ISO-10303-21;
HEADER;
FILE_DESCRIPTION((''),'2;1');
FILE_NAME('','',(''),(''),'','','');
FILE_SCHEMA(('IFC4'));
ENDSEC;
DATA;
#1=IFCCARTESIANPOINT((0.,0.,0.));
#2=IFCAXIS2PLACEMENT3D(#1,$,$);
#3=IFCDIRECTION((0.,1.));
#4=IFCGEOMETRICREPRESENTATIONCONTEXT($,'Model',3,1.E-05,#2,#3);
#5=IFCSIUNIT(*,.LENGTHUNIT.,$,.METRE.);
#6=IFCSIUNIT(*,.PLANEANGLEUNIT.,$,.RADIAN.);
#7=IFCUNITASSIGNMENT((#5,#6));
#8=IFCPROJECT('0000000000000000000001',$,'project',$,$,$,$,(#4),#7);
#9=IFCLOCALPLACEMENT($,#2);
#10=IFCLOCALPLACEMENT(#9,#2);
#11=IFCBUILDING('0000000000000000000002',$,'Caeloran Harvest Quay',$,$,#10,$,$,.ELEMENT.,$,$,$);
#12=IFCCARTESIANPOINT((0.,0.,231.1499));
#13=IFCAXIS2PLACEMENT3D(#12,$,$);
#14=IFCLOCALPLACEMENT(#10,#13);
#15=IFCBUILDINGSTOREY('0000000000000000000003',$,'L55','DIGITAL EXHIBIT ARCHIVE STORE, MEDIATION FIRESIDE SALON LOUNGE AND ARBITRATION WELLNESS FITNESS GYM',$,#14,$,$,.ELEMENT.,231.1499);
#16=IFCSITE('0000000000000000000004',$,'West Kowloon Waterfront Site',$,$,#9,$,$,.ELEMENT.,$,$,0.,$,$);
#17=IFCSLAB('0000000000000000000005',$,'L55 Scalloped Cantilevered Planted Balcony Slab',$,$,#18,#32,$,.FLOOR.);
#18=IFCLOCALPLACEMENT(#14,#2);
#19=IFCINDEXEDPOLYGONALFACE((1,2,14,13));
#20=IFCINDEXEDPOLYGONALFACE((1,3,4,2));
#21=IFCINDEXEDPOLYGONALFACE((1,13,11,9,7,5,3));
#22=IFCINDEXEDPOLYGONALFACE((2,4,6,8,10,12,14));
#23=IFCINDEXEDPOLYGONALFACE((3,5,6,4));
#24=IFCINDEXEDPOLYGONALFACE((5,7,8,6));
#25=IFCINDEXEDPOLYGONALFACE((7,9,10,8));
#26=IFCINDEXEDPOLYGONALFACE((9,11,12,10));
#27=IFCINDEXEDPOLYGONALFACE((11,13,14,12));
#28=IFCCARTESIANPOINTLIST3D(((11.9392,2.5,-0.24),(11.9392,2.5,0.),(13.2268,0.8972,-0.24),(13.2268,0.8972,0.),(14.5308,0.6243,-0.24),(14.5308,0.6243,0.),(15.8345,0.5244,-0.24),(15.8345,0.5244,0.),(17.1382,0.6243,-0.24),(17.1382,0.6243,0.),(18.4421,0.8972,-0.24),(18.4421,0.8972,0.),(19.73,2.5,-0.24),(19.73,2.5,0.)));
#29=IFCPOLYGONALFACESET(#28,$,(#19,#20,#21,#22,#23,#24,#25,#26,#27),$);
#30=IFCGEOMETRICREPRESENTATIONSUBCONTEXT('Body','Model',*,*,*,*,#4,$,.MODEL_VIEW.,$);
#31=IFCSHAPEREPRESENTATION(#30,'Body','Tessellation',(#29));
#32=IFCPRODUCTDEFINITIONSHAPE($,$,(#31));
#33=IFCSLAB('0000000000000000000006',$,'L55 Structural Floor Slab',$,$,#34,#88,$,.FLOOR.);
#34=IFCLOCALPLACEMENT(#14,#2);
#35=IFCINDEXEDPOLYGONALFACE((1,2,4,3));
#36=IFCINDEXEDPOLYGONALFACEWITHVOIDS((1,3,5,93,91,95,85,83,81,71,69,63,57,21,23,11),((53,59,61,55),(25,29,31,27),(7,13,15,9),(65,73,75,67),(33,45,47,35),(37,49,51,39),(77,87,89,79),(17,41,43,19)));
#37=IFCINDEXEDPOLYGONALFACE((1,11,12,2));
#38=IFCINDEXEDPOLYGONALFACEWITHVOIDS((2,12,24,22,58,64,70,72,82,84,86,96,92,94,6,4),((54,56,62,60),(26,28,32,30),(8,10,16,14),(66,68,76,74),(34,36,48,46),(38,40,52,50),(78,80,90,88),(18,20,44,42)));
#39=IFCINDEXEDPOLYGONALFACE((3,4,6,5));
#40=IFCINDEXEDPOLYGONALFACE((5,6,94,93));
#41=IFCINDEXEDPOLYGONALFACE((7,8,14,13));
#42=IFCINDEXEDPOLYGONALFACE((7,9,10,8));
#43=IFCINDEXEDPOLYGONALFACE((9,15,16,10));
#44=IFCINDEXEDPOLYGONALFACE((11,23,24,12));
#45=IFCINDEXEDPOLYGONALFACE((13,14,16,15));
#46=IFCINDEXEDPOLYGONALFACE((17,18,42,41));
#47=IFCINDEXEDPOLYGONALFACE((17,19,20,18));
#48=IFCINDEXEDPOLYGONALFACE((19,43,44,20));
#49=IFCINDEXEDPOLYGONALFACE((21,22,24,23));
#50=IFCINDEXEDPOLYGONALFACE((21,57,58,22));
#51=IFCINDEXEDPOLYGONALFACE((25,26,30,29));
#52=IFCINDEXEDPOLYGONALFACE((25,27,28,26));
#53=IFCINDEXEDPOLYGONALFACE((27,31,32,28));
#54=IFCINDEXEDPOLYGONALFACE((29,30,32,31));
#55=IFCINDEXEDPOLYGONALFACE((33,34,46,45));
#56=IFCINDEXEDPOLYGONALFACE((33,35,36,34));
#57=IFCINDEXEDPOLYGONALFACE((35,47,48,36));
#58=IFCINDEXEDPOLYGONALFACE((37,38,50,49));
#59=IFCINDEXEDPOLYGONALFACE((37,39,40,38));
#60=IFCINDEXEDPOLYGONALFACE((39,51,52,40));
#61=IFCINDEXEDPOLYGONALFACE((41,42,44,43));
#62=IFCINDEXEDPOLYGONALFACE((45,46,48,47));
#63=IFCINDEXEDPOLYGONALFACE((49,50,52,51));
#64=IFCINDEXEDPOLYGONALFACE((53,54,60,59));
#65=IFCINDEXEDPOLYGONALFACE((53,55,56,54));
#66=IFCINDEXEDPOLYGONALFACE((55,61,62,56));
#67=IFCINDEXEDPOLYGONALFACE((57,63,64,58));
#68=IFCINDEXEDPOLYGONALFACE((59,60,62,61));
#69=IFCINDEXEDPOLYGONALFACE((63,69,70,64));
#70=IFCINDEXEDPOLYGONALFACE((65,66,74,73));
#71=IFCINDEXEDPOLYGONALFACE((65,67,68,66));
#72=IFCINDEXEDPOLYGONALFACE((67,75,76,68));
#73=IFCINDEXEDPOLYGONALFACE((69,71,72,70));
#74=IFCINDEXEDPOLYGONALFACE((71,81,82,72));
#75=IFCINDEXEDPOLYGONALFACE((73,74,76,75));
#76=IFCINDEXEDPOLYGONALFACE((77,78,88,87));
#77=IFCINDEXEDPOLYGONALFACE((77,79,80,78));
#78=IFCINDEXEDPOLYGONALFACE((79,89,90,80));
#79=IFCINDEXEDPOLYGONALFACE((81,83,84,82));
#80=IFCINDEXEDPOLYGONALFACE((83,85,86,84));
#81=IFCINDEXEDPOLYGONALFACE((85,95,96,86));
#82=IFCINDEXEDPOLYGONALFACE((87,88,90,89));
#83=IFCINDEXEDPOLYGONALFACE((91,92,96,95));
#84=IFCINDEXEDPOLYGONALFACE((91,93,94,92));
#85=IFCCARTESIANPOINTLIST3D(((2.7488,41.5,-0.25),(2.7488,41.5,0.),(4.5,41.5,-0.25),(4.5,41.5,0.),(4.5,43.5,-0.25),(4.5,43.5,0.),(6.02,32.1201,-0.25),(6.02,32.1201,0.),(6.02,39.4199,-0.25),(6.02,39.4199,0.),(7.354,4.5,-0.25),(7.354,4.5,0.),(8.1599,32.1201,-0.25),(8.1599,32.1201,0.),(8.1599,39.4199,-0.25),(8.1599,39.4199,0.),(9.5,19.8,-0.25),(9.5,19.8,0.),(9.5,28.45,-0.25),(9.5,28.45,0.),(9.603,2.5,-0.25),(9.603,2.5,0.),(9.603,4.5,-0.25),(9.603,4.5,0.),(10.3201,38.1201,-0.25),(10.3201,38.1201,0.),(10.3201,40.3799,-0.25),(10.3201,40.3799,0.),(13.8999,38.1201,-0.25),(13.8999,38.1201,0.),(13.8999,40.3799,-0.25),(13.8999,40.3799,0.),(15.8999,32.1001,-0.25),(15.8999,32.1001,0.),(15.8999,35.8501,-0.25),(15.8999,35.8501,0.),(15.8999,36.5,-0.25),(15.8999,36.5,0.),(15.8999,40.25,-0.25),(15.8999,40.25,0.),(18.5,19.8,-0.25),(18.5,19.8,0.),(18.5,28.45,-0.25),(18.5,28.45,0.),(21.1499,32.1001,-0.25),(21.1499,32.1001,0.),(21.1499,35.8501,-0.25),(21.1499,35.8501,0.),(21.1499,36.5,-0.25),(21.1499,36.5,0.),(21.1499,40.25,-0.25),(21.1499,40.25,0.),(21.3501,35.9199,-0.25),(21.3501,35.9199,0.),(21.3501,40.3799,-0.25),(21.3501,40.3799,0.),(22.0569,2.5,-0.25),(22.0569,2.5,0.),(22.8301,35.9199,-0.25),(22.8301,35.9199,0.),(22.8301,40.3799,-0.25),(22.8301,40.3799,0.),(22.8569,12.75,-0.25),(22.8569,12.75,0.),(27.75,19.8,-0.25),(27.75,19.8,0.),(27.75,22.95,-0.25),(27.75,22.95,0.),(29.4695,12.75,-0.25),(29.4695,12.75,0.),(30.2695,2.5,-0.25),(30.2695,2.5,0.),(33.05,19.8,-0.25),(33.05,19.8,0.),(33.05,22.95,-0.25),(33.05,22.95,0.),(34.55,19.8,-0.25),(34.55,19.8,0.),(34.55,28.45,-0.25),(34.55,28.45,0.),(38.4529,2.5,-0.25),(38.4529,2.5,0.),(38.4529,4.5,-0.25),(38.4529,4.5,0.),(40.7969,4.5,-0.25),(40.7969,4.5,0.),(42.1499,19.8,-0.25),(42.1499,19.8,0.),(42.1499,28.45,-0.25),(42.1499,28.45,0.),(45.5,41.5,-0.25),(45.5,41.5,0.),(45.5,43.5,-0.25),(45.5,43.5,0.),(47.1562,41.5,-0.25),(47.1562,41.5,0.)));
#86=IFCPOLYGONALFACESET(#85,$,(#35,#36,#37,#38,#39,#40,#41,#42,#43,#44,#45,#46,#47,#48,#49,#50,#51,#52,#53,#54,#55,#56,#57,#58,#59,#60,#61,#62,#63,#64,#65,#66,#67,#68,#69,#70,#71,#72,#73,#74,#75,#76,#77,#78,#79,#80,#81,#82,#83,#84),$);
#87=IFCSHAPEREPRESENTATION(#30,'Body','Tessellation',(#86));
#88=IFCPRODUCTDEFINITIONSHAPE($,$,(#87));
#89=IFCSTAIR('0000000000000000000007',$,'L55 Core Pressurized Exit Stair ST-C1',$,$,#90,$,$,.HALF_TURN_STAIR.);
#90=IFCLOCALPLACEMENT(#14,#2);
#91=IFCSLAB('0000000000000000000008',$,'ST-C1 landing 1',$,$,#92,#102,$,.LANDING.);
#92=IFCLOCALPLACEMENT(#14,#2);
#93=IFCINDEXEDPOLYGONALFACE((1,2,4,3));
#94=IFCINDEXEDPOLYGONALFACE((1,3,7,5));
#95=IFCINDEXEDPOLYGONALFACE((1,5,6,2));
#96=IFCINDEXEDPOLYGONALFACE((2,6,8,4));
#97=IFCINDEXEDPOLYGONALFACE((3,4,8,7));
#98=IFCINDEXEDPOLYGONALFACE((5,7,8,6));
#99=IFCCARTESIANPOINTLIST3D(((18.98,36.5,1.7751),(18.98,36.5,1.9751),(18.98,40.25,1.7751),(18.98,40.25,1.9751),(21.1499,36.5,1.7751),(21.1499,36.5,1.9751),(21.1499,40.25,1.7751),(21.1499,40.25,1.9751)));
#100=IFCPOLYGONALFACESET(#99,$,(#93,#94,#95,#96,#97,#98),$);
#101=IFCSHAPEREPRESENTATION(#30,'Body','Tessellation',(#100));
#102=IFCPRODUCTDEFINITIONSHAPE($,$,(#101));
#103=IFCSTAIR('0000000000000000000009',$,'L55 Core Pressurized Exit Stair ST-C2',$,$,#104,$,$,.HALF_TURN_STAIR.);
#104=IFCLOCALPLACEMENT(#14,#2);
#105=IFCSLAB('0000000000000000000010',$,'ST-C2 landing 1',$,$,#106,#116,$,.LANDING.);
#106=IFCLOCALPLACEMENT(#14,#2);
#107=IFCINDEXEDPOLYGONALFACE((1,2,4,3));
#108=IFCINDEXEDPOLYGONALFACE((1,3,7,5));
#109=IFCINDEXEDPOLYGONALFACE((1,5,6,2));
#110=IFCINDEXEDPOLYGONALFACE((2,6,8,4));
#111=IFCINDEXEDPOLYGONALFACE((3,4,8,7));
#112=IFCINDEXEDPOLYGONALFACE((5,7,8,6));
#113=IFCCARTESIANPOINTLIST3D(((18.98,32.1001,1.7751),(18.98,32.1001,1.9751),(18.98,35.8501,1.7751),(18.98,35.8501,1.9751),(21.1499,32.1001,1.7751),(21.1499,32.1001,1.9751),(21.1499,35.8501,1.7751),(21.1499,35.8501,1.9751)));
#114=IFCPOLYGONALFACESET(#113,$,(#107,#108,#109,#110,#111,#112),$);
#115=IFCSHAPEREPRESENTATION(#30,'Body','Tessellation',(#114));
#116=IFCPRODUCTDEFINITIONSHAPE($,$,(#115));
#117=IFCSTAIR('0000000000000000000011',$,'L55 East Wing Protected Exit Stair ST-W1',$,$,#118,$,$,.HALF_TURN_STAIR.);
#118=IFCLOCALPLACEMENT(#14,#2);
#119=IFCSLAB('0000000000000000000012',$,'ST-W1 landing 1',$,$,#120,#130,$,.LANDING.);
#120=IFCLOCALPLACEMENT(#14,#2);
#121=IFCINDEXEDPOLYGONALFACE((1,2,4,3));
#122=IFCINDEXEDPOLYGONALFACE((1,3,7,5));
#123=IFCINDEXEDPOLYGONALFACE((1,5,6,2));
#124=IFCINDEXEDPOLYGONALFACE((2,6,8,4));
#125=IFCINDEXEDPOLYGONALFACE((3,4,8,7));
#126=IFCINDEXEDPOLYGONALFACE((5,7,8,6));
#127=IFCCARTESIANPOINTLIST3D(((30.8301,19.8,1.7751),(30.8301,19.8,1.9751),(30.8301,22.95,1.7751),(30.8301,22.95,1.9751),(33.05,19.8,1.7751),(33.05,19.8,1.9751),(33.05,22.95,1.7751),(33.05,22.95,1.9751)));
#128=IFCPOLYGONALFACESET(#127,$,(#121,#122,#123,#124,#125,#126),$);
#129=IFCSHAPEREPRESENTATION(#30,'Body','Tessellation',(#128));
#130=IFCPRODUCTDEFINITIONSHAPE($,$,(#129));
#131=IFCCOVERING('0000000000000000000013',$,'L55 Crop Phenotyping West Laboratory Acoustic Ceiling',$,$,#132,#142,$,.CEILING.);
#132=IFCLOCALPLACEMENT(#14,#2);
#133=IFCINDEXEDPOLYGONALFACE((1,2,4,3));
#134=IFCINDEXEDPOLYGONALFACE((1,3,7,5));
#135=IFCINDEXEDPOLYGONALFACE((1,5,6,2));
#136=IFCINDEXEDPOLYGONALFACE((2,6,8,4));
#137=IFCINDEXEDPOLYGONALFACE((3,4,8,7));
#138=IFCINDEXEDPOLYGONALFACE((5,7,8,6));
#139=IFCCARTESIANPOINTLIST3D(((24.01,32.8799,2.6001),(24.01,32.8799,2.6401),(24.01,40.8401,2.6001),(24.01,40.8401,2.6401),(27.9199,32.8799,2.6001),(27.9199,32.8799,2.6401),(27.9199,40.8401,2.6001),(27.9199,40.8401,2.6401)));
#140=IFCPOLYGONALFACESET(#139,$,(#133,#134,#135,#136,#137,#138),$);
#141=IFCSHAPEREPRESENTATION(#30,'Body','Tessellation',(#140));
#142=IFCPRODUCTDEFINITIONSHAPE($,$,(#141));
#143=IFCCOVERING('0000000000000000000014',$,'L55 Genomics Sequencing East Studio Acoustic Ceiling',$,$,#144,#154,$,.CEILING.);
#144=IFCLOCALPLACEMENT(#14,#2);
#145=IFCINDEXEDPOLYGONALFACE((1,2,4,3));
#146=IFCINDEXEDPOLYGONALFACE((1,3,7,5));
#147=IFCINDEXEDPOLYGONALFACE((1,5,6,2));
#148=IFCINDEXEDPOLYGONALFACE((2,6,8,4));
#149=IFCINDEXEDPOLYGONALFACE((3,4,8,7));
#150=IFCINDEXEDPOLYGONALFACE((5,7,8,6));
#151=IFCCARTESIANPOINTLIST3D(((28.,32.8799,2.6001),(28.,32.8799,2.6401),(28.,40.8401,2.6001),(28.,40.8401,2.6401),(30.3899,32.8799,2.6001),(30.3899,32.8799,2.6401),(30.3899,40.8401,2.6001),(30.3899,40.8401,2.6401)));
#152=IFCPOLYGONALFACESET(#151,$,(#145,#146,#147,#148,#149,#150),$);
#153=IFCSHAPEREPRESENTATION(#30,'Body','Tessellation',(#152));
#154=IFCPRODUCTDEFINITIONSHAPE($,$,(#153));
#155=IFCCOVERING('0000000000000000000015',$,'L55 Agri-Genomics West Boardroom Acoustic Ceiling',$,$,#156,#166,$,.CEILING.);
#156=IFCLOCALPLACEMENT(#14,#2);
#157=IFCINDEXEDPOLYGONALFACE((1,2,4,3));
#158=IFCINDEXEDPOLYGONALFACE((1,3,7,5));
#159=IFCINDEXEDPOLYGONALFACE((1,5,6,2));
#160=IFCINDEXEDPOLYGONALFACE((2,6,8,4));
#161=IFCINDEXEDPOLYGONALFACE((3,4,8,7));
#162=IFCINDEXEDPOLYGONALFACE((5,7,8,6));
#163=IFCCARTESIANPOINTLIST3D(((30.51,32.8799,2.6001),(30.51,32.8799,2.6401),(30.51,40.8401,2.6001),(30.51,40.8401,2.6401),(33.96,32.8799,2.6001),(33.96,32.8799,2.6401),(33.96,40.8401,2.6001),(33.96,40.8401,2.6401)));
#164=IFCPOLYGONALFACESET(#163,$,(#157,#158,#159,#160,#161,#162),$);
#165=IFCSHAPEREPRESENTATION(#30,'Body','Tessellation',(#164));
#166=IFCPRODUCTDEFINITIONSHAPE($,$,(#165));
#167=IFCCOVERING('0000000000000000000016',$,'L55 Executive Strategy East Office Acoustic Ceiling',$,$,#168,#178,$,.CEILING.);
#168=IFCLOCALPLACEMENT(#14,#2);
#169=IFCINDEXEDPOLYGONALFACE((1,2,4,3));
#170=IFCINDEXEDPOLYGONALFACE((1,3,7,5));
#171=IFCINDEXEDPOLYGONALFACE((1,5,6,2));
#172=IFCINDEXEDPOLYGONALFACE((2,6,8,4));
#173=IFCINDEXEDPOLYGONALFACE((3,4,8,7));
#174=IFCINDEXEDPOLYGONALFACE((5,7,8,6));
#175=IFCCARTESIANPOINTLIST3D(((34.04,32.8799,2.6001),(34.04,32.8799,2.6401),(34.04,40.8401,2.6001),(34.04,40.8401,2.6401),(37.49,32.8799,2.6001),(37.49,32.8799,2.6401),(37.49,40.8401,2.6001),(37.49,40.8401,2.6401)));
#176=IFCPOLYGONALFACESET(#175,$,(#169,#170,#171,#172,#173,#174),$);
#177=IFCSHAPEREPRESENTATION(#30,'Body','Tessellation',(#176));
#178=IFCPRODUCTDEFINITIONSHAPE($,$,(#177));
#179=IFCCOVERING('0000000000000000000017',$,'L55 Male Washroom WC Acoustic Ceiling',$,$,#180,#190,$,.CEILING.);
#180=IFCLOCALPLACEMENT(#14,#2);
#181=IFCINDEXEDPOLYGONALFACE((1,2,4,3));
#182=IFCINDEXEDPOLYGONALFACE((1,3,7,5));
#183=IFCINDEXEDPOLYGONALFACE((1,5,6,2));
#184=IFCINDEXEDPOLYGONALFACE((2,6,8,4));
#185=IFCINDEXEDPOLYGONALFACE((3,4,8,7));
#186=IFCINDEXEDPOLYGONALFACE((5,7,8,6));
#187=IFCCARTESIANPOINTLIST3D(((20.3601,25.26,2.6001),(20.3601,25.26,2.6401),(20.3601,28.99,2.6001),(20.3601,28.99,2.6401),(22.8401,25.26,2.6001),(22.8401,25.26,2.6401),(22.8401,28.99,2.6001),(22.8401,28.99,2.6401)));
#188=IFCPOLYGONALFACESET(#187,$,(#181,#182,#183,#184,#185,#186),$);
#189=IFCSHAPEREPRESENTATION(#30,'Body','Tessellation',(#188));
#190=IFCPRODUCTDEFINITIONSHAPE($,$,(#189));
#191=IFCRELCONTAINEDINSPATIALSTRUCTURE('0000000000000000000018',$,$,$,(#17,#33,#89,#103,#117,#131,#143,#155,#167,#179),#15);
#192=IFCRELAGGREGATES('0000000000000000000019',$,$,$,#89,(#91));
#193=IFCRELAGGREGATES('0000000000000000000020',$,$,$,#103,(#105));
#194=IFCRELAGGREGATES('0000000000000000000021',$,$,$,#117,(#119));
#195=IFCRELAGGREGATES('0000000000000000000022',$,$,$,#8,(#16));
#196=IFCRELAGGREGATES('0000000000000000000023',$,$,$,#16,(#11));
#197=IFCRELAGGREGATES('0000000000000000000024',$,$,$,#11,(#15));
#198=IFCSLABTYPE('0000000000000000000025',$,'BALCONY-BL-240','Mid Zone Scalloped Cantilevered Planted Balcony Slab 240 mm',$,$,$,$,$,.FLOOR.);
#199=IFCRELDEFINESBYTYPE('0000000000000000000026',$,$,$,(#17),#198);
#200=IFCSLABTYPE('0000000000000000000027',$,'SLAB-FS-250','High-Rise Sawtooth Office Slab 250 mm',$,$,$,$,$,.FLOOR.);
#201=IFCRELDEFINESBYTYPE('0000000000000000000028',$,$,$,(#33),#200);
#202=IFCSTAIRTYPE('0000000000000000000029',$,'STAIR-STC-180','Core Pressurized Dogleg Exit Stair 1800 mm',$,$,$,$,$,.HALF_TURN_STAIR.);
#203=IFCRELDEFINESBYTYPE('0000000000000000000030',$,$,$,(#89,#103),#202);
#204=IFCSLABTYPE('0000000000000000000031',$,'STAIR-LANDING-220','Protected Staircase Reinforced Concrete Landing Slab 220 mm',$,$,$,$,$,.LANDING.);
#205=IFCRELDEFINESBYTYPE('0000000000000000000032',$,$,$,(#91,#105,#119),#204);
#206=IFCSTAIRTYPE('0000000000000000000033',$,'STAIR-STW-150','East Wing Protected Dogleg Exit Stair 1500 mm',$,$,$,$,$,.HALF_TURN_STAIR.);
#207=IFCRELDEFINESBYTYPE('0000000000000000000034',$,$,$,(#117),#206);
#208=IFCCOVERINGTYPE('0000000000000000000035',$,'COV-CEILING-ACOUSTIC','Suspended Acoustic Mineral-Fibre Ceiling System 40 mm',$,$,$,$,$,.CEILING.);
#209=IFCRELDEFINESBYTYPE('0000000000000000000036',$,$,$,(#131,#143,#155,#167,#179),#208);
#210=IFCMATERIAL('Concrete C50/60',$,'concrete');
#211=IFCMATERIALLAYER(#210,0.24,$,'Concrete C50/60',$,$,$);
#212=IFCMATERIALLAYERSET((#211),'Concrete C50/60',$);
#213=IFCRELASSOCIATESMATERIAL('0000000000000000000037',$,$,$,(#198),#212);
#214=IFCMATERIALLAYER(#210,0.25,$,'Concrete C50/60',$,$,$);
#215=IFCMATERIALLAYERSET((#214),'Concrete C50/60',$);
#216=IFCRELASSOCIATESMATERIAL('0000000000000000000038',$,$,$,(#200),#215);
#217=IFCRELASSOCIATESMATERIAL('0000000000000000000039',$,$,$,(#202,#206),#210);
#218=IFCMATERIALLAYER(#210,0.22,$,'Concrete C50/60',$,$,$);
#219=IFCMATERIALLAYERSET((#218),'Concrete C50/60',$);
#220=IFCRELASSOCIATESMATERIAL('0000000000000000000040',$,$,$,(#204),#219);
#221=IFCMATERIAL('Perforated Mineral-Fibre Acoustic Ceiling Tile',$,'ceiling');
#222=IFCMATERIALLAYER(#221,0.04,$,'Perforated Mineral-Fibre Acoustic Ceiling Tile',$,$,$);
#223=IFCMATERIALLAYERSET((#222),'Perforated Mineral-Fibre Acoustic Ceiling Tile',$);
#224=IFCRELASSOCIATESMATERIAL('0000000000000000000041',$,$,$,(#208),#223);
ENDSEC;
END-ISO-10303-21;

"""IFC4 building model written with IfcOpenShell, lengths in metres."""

from ifc_helpers import new_model, si_unit, direction, frame, origin, place, context, subcontext, project, spatial, polyline, outline, extrude, material, layer, layer_set, type_object, element, aggregate, save


model = new_model("IFC4")

# Units and contexts
model_context = context("Model", 3, precision=1e-05, world=origin(), true_north=direction((0.0, 1.0)))
body_context = subcontext(model_context, "Body", "Model", "MODEL_VIEW")
ifc_project = project(units=[si_unit("LENGTHUNIT", "METRE"), si_unit("PLANEANGLEUNIT", "RADIAN")], contexts=[model_context])

# Site, building, storey
site_placement = place(None, origin())
site = spatial("IfcSite", under=ifc_project, at=site_placement, Name="West Kowloon Waterfront Site", CompositionType="ELEMENT", RefElevation=0.0)
building_placement = place(site_placement, origin())
building = spatial("IfcBuilding", under=site, at=building_placement, Name="Caeloran Harvest Quay", CompositionType="ELEMENT")
storey_placement = place(building_placement, frame((0.0, 0.0, 231.1499)))
storey = spatial("IfcBuildingStorey", under=building, at=storey_placement, Name="L55", Description="DIGITAL EXHIBIT ARCHIVE STORE, MEDIATION FIRESIDE SALON LOUNGE AND ARBITRATION WELLNESS FITNESS GYM", CompositionType="ELEMENT", Elevation=231.1499)

# Slabs
ifc_material_1 = material(Name="Concrete C50/60", Category="concrete")
ifc_layer_1 = layer(ifc_material_1, 0.24, Name="Concrete C50/60")
ifc_layer_set_1 = layer_set([ifc_layer_1], Name="Concrete C50/60")
slab_type_1 = type_object("IfcSlabType", Name="BALCONY-BL-240", Description="Mid Zone Scalloped Cantilevered Planted Balcony Slab 240 mm", PredefinedType="FLOOR", material=ifc_layer_set_1)
slab_1_placement = place(storey_placement, frame((0.0, 0.0, -0.24)))
element("IfcSlab", 1, at=slab_1_placement, inside=storey, type_object=slab_type_1, Name="L55 Scalloped Cantilevered Planted Balcony Slab", PredefinedType="FLOOR", context=body_context, shape_type="SweptSolid", body=[
    extrude(outline(polyline([(18.4421, 0.8972), (17.1382, 0.6243), (15.8345, 0.5244), (14.5308, 0.6243), (13.2268, 0.8972), (11.9392, 2.5), (19.73, 2.5), (18.4421, 0.8972)])), origin(), (0.0, 0.0, 1.0), 0.24),
])
ifc_layer_2 = layer(ifc_material_1, 0.25, Name="Concrete C50/60")
ifc_layer_set_2 = layer_set([ifc_layer_2], Name="Concrete C50/60")
slab_type_2 = type_object("IfcSlabType", Name="SLAB-FS-250", Description="High-Rise Sawtooth Office Slab 250 mm", PredefinedType="FLOOR", material=ifc_layer_set_2)
slab_2_placement = place(storey_placement, frame((0.0, 0.0, -0.25)))
element("IfcSlab", 2, at=slab_2_placement, inside=storey, type_object=slab_type_2, Name="L55 Structural Floor Slab", PredefinedType="FLOOR", context=body_context, shape_type="SweptSolid", body=[
    extrude(outline(polyline([(9.603, 2.5), (22.0569, 2.5), (22.8569, 12.75), (29.4695, 12.75), (30.2695, 2.5), (38.4529, 2.5), (38.4529, 4.5), (40.7969, 4.5), (47.1562, 41.5), (45.5, 41.5), (45.5, 43.5), (4.5, 43.5), (4.5, 41.5), (2.7488, 41.5), (7.354, 4.5), (9.603, 4.5), (9.603, 2.5)]), holes=[polyline([(27.75, 19.8), (27.75, 22.95), (33.05, 22.95), (33.05, 19.8), (27.75, 19.8)]), polyline([(18.5, 19.8), (9.5, 19.8), (9.5, 28.45), (18.5, 28.45), (18.5, 19.8)]), polyline([(42.1499, 19.8), (34.55, 19.8), (34.55, 28.45), (42.1499, 28.45), (42.1499, 19.8)]), polyline([(15.8999, 32.1001), (15.8999, 35.8501), (21.1499, 35.8501), (21.1499, 32.1001), (15.8999, 32.1001)]), polyline([(8.1599, 32.1201), (6.02, 32.1201), (6.02, 39.4199), (8.1599, 39.4199), (8.1599, 32.1201)]), polyline([(22.8301, 35.9199), (21.3501, 35.9199), (21.3501, 40.3799), (22.8301, 40.3799), (22.8301, 35.9199)]), polyline([(15.8999, 36.5), (15.8999, 40.25), (21.1499, 40.25), (21.1499, 36.5), (15.8999, 36.5)]), polyline([(13.8999, 38.1201), (10.3201, 38.1201), (10.3201, 40.3799), (13.8999, 40.3799), (13.8999, 38.1201)])]), origin(), (0.0, 0.0, 1.0), 0.25),
])

# Stairs, slabs
stair_type_1 = type_object("IfcStairType", Name="STAIR-STC-180", Description="Core Pressurized Dogleg Exit Stair 1800 mm", PredefinedType="HALF_TURN_STAIR", material=ifc_material_1)
stair_1_placement = place(storey_placement, origin())
stair_1 = element("IfcStair", 3, at=stair_1_placement, inside=storey, type_object=stair_type_1, Name="L55 Core Pressurized Exit Stair ST-C1", PredefinedType="HALF_TURN_STAIR")
ifc_layer_3 = layer(ifc_material_1, 0.22, Name="Concrete C50/60")
ifc_layer_set_3 = layer_set([ifc_layer_3], Name="Concrete C50/60")
slab_type_3 = type_object("IfcSlabType", Name="STAIR-LANDING-220", Description="Protected Staircase Reinforced Concrete Landing Slab 220 mm", PredefinedType="LANDING", material=ifc_layer_set_3)
slab_3_placement = place(storey_placement, frame((0.0, 0.0, 1.7751)))
slab_3 = element("IfcSlab", 4, at=slab_3_placement, type_object=slab_type_3, Name="ST-C1 landing 1", PredefinedType="LANDING", context=body_context, shape_type="SweptSolid", body=[
    extrude(outline(polyline([(18.98, 36.5), (21.1499, 36.5), (21.1499, 40.25), (18.98, 40.25), (18.98, 36.5)])), origin(), (0.0, 0.0, 1.0), 0.2),
])
aggregate(stair_1, [slab_3])
stair_2_placement = place(storey_placement, origin())
stair_2 = element("IfcStair", 5, at=stair_2_placement, inside=storey, type_object=stair_type_1, Name="L55 Core Pressurized Exit Stair ST-C2", PredefinedType="HALF_TURN_STAIR")
slab_4_placement = place(storey_placement, frame((0.0, 0.0, 1.7751)))
slab_4 = element("IfcSlab", 6, at=slab_4_placement, type_object=slab_type_3, Name="ST-C2 landing 1", PredefinedType="LANDING", context=body_context, shape_type="SweptSolid", body=[
    extrude(outline(polyline([(18.98, 32.1001), (21.1499, 32.1001), (21.1499, 35.8501), (18.98, 35.8501), (18.98, 32.1001)])), origin(), (0.0, 0.0, 1.0), 0.2),
])
aggregate(stair_2, [slab_4])
stair_type_2 = type_object("IfcStairType", Name="STAIR-STW-150", Description="East Wing Protected Dogleg Exit Stair 1500 mm", PredefinedType="HALF_TURN_STAIR", material=ifc_material_1)
stair_3_placement = place(storey_placement, origin())
stair_3 = element("IfcStair", 7, at=stair_3_placement, inside=storey, type_object=stair_type_2, Name="L55 East Wing Protected Exit Stair ST-W1", PredefinedType="HALF_TURN_STAIR")
slab_5_placement = place(storey_placement, frame((0.0, 0.0, 1.7751)))
slab_5 = element("IfcSlab", 8, at=slab_5_placement, type_object=slab_type_3, Name="ST-W1 landing 1", PredefinedType="LANDING", context=body_context, shape_type="SweptSolid", body=[
    extrude(outline(polyline([(30.8301, 19.8), (33.05, 19.8), (33.05, 22.95), (30.8301, 22.95), (30.8301, 19.8)])), origin(), (0.0, 0.0, 1.0), 0.2),
])
aggregate(stair_3, [slab_5])

# Coverings
ifc_material_2 = material(Name="Perforated Mineral-Fibre Acoustic Ceiling Tile", Category="ceiling")
ifc_layer_4 = layer(ifc_material_2, 0.04, Name="Perforated Mineral-Fibre Acoustic Ceiling Tile")
ifc_layer_set_4 = layer_set([ifc_layer_4], Name="Perforated Mineral-Fibre Acoustic Ceiling Tile")
covering_type_1 = type_object("IfcCoveringType", Name="COV-CEILING-ACOUSTIC", Description="Suspended Acoustic Mineral-Fibre Ceiling System 40 mm", PredefinedType="CEILING", material=ifc_layer_set_4)
covering_1_placement = place(storey_placement, frame((0.0, 0.0, 2.6001)))
element("IfcCovering", 9, at=covering_1_placement, inside=storey, type_object=covering_type_1, Name="L55 Crop Phenotyping West Laboratory Acoustic Ceiling", PredefinedType="CEILING", context=body_context, shape_type="SweptSolid", body=[
    extrude(outline(polyline([(27.9199, 40.8401), (27.9199, 32.8799), (24.01, 32.8799), (24.01, 40.8401), (27.9199, 40.8401)])), origin(), (0.0, 0.0, 1.0), 0.04),
])
covering_2_placement = place(storey_placement, frame((0.0, 0.0, 2.6001)))
element("IfcCovering", 10, at=covering_2_placement, inside=storey, type_object=covering_type_1, Name="L55 Genomics Sequencing East Studio Acoustic Ceiling", PredefinedType="CEILING", context=body_context, shape_type="SweptSolid", body=[
    extrude(outline(polyline([(30.3899, 40.8401), (30.3899, 32.8799), (28.0, 32.8799), (28.0, 40.8401), (30.3899, 40.8401)])), origin(), (0.0, 0.0, 1.0), 0.04),
])
covering_3_placement = place(storey_placement, frame((0.0, 0.0, 2.6001)))
element("IfcCovering", 11, at=covering_3_placement, inside=storey, type_object=covering_type_1, Name="L55 Agri-Genomics West Boardroom Acoustic Ceiling", PredefinedType="CEILING", context=body_context, shape_type="SweptSolid", body=[
    extrude(outline(polyline([(33.96, 40.8401), (33.96, 32.8799), (30.51, 32.8799), (30.51, 40.8401), (33.96, 40.8401)])), origin(), (0.0, 0.0, 1.0), 0.04),
])
covering_4_placement = place(storey_placement, frame((0.0, 0.0, 2.6001)))
element("IfcCovering", 12, at=covering_4_placement, inside=storey, type_object=covering_type_1, Name="L55 Executive Strategy East Office Acoustic Ceiling", PredefinedType="CEILING", context=body_context, shape_type="SweptSolid", body=[
    extrude(outline(polyline([(37.49, 40.8401), (37.49, 32.8799), (34.04, 32.8799), (34.04, 40.8401), (37.49, 40.8401)])), origin(), (0.0, 0.0, 1.0), 0.04),
])
covering_5_placement = place(storey_placement, frame((0.0, 0.0, 2.6001)))
element("IfcCovering", 13, at=covering_5_placement, inside=storey, type_object=covering_type_1, Name="L55 Male Washroom WC Acoustic Ceiling", PredefinedType="CEILING", context=body_context, shape_type="SweptSolid", body=[
    extrude(outline(polyline([(22.8401, 28.99), (22.8401, 25.26), (20.3601, 25.26), (20.3601, 28.99), (22.8401, 28.99)])), origin(), (0.0, 0.0, 1.0), 0.04),
])

save(model, "model.ifc")
